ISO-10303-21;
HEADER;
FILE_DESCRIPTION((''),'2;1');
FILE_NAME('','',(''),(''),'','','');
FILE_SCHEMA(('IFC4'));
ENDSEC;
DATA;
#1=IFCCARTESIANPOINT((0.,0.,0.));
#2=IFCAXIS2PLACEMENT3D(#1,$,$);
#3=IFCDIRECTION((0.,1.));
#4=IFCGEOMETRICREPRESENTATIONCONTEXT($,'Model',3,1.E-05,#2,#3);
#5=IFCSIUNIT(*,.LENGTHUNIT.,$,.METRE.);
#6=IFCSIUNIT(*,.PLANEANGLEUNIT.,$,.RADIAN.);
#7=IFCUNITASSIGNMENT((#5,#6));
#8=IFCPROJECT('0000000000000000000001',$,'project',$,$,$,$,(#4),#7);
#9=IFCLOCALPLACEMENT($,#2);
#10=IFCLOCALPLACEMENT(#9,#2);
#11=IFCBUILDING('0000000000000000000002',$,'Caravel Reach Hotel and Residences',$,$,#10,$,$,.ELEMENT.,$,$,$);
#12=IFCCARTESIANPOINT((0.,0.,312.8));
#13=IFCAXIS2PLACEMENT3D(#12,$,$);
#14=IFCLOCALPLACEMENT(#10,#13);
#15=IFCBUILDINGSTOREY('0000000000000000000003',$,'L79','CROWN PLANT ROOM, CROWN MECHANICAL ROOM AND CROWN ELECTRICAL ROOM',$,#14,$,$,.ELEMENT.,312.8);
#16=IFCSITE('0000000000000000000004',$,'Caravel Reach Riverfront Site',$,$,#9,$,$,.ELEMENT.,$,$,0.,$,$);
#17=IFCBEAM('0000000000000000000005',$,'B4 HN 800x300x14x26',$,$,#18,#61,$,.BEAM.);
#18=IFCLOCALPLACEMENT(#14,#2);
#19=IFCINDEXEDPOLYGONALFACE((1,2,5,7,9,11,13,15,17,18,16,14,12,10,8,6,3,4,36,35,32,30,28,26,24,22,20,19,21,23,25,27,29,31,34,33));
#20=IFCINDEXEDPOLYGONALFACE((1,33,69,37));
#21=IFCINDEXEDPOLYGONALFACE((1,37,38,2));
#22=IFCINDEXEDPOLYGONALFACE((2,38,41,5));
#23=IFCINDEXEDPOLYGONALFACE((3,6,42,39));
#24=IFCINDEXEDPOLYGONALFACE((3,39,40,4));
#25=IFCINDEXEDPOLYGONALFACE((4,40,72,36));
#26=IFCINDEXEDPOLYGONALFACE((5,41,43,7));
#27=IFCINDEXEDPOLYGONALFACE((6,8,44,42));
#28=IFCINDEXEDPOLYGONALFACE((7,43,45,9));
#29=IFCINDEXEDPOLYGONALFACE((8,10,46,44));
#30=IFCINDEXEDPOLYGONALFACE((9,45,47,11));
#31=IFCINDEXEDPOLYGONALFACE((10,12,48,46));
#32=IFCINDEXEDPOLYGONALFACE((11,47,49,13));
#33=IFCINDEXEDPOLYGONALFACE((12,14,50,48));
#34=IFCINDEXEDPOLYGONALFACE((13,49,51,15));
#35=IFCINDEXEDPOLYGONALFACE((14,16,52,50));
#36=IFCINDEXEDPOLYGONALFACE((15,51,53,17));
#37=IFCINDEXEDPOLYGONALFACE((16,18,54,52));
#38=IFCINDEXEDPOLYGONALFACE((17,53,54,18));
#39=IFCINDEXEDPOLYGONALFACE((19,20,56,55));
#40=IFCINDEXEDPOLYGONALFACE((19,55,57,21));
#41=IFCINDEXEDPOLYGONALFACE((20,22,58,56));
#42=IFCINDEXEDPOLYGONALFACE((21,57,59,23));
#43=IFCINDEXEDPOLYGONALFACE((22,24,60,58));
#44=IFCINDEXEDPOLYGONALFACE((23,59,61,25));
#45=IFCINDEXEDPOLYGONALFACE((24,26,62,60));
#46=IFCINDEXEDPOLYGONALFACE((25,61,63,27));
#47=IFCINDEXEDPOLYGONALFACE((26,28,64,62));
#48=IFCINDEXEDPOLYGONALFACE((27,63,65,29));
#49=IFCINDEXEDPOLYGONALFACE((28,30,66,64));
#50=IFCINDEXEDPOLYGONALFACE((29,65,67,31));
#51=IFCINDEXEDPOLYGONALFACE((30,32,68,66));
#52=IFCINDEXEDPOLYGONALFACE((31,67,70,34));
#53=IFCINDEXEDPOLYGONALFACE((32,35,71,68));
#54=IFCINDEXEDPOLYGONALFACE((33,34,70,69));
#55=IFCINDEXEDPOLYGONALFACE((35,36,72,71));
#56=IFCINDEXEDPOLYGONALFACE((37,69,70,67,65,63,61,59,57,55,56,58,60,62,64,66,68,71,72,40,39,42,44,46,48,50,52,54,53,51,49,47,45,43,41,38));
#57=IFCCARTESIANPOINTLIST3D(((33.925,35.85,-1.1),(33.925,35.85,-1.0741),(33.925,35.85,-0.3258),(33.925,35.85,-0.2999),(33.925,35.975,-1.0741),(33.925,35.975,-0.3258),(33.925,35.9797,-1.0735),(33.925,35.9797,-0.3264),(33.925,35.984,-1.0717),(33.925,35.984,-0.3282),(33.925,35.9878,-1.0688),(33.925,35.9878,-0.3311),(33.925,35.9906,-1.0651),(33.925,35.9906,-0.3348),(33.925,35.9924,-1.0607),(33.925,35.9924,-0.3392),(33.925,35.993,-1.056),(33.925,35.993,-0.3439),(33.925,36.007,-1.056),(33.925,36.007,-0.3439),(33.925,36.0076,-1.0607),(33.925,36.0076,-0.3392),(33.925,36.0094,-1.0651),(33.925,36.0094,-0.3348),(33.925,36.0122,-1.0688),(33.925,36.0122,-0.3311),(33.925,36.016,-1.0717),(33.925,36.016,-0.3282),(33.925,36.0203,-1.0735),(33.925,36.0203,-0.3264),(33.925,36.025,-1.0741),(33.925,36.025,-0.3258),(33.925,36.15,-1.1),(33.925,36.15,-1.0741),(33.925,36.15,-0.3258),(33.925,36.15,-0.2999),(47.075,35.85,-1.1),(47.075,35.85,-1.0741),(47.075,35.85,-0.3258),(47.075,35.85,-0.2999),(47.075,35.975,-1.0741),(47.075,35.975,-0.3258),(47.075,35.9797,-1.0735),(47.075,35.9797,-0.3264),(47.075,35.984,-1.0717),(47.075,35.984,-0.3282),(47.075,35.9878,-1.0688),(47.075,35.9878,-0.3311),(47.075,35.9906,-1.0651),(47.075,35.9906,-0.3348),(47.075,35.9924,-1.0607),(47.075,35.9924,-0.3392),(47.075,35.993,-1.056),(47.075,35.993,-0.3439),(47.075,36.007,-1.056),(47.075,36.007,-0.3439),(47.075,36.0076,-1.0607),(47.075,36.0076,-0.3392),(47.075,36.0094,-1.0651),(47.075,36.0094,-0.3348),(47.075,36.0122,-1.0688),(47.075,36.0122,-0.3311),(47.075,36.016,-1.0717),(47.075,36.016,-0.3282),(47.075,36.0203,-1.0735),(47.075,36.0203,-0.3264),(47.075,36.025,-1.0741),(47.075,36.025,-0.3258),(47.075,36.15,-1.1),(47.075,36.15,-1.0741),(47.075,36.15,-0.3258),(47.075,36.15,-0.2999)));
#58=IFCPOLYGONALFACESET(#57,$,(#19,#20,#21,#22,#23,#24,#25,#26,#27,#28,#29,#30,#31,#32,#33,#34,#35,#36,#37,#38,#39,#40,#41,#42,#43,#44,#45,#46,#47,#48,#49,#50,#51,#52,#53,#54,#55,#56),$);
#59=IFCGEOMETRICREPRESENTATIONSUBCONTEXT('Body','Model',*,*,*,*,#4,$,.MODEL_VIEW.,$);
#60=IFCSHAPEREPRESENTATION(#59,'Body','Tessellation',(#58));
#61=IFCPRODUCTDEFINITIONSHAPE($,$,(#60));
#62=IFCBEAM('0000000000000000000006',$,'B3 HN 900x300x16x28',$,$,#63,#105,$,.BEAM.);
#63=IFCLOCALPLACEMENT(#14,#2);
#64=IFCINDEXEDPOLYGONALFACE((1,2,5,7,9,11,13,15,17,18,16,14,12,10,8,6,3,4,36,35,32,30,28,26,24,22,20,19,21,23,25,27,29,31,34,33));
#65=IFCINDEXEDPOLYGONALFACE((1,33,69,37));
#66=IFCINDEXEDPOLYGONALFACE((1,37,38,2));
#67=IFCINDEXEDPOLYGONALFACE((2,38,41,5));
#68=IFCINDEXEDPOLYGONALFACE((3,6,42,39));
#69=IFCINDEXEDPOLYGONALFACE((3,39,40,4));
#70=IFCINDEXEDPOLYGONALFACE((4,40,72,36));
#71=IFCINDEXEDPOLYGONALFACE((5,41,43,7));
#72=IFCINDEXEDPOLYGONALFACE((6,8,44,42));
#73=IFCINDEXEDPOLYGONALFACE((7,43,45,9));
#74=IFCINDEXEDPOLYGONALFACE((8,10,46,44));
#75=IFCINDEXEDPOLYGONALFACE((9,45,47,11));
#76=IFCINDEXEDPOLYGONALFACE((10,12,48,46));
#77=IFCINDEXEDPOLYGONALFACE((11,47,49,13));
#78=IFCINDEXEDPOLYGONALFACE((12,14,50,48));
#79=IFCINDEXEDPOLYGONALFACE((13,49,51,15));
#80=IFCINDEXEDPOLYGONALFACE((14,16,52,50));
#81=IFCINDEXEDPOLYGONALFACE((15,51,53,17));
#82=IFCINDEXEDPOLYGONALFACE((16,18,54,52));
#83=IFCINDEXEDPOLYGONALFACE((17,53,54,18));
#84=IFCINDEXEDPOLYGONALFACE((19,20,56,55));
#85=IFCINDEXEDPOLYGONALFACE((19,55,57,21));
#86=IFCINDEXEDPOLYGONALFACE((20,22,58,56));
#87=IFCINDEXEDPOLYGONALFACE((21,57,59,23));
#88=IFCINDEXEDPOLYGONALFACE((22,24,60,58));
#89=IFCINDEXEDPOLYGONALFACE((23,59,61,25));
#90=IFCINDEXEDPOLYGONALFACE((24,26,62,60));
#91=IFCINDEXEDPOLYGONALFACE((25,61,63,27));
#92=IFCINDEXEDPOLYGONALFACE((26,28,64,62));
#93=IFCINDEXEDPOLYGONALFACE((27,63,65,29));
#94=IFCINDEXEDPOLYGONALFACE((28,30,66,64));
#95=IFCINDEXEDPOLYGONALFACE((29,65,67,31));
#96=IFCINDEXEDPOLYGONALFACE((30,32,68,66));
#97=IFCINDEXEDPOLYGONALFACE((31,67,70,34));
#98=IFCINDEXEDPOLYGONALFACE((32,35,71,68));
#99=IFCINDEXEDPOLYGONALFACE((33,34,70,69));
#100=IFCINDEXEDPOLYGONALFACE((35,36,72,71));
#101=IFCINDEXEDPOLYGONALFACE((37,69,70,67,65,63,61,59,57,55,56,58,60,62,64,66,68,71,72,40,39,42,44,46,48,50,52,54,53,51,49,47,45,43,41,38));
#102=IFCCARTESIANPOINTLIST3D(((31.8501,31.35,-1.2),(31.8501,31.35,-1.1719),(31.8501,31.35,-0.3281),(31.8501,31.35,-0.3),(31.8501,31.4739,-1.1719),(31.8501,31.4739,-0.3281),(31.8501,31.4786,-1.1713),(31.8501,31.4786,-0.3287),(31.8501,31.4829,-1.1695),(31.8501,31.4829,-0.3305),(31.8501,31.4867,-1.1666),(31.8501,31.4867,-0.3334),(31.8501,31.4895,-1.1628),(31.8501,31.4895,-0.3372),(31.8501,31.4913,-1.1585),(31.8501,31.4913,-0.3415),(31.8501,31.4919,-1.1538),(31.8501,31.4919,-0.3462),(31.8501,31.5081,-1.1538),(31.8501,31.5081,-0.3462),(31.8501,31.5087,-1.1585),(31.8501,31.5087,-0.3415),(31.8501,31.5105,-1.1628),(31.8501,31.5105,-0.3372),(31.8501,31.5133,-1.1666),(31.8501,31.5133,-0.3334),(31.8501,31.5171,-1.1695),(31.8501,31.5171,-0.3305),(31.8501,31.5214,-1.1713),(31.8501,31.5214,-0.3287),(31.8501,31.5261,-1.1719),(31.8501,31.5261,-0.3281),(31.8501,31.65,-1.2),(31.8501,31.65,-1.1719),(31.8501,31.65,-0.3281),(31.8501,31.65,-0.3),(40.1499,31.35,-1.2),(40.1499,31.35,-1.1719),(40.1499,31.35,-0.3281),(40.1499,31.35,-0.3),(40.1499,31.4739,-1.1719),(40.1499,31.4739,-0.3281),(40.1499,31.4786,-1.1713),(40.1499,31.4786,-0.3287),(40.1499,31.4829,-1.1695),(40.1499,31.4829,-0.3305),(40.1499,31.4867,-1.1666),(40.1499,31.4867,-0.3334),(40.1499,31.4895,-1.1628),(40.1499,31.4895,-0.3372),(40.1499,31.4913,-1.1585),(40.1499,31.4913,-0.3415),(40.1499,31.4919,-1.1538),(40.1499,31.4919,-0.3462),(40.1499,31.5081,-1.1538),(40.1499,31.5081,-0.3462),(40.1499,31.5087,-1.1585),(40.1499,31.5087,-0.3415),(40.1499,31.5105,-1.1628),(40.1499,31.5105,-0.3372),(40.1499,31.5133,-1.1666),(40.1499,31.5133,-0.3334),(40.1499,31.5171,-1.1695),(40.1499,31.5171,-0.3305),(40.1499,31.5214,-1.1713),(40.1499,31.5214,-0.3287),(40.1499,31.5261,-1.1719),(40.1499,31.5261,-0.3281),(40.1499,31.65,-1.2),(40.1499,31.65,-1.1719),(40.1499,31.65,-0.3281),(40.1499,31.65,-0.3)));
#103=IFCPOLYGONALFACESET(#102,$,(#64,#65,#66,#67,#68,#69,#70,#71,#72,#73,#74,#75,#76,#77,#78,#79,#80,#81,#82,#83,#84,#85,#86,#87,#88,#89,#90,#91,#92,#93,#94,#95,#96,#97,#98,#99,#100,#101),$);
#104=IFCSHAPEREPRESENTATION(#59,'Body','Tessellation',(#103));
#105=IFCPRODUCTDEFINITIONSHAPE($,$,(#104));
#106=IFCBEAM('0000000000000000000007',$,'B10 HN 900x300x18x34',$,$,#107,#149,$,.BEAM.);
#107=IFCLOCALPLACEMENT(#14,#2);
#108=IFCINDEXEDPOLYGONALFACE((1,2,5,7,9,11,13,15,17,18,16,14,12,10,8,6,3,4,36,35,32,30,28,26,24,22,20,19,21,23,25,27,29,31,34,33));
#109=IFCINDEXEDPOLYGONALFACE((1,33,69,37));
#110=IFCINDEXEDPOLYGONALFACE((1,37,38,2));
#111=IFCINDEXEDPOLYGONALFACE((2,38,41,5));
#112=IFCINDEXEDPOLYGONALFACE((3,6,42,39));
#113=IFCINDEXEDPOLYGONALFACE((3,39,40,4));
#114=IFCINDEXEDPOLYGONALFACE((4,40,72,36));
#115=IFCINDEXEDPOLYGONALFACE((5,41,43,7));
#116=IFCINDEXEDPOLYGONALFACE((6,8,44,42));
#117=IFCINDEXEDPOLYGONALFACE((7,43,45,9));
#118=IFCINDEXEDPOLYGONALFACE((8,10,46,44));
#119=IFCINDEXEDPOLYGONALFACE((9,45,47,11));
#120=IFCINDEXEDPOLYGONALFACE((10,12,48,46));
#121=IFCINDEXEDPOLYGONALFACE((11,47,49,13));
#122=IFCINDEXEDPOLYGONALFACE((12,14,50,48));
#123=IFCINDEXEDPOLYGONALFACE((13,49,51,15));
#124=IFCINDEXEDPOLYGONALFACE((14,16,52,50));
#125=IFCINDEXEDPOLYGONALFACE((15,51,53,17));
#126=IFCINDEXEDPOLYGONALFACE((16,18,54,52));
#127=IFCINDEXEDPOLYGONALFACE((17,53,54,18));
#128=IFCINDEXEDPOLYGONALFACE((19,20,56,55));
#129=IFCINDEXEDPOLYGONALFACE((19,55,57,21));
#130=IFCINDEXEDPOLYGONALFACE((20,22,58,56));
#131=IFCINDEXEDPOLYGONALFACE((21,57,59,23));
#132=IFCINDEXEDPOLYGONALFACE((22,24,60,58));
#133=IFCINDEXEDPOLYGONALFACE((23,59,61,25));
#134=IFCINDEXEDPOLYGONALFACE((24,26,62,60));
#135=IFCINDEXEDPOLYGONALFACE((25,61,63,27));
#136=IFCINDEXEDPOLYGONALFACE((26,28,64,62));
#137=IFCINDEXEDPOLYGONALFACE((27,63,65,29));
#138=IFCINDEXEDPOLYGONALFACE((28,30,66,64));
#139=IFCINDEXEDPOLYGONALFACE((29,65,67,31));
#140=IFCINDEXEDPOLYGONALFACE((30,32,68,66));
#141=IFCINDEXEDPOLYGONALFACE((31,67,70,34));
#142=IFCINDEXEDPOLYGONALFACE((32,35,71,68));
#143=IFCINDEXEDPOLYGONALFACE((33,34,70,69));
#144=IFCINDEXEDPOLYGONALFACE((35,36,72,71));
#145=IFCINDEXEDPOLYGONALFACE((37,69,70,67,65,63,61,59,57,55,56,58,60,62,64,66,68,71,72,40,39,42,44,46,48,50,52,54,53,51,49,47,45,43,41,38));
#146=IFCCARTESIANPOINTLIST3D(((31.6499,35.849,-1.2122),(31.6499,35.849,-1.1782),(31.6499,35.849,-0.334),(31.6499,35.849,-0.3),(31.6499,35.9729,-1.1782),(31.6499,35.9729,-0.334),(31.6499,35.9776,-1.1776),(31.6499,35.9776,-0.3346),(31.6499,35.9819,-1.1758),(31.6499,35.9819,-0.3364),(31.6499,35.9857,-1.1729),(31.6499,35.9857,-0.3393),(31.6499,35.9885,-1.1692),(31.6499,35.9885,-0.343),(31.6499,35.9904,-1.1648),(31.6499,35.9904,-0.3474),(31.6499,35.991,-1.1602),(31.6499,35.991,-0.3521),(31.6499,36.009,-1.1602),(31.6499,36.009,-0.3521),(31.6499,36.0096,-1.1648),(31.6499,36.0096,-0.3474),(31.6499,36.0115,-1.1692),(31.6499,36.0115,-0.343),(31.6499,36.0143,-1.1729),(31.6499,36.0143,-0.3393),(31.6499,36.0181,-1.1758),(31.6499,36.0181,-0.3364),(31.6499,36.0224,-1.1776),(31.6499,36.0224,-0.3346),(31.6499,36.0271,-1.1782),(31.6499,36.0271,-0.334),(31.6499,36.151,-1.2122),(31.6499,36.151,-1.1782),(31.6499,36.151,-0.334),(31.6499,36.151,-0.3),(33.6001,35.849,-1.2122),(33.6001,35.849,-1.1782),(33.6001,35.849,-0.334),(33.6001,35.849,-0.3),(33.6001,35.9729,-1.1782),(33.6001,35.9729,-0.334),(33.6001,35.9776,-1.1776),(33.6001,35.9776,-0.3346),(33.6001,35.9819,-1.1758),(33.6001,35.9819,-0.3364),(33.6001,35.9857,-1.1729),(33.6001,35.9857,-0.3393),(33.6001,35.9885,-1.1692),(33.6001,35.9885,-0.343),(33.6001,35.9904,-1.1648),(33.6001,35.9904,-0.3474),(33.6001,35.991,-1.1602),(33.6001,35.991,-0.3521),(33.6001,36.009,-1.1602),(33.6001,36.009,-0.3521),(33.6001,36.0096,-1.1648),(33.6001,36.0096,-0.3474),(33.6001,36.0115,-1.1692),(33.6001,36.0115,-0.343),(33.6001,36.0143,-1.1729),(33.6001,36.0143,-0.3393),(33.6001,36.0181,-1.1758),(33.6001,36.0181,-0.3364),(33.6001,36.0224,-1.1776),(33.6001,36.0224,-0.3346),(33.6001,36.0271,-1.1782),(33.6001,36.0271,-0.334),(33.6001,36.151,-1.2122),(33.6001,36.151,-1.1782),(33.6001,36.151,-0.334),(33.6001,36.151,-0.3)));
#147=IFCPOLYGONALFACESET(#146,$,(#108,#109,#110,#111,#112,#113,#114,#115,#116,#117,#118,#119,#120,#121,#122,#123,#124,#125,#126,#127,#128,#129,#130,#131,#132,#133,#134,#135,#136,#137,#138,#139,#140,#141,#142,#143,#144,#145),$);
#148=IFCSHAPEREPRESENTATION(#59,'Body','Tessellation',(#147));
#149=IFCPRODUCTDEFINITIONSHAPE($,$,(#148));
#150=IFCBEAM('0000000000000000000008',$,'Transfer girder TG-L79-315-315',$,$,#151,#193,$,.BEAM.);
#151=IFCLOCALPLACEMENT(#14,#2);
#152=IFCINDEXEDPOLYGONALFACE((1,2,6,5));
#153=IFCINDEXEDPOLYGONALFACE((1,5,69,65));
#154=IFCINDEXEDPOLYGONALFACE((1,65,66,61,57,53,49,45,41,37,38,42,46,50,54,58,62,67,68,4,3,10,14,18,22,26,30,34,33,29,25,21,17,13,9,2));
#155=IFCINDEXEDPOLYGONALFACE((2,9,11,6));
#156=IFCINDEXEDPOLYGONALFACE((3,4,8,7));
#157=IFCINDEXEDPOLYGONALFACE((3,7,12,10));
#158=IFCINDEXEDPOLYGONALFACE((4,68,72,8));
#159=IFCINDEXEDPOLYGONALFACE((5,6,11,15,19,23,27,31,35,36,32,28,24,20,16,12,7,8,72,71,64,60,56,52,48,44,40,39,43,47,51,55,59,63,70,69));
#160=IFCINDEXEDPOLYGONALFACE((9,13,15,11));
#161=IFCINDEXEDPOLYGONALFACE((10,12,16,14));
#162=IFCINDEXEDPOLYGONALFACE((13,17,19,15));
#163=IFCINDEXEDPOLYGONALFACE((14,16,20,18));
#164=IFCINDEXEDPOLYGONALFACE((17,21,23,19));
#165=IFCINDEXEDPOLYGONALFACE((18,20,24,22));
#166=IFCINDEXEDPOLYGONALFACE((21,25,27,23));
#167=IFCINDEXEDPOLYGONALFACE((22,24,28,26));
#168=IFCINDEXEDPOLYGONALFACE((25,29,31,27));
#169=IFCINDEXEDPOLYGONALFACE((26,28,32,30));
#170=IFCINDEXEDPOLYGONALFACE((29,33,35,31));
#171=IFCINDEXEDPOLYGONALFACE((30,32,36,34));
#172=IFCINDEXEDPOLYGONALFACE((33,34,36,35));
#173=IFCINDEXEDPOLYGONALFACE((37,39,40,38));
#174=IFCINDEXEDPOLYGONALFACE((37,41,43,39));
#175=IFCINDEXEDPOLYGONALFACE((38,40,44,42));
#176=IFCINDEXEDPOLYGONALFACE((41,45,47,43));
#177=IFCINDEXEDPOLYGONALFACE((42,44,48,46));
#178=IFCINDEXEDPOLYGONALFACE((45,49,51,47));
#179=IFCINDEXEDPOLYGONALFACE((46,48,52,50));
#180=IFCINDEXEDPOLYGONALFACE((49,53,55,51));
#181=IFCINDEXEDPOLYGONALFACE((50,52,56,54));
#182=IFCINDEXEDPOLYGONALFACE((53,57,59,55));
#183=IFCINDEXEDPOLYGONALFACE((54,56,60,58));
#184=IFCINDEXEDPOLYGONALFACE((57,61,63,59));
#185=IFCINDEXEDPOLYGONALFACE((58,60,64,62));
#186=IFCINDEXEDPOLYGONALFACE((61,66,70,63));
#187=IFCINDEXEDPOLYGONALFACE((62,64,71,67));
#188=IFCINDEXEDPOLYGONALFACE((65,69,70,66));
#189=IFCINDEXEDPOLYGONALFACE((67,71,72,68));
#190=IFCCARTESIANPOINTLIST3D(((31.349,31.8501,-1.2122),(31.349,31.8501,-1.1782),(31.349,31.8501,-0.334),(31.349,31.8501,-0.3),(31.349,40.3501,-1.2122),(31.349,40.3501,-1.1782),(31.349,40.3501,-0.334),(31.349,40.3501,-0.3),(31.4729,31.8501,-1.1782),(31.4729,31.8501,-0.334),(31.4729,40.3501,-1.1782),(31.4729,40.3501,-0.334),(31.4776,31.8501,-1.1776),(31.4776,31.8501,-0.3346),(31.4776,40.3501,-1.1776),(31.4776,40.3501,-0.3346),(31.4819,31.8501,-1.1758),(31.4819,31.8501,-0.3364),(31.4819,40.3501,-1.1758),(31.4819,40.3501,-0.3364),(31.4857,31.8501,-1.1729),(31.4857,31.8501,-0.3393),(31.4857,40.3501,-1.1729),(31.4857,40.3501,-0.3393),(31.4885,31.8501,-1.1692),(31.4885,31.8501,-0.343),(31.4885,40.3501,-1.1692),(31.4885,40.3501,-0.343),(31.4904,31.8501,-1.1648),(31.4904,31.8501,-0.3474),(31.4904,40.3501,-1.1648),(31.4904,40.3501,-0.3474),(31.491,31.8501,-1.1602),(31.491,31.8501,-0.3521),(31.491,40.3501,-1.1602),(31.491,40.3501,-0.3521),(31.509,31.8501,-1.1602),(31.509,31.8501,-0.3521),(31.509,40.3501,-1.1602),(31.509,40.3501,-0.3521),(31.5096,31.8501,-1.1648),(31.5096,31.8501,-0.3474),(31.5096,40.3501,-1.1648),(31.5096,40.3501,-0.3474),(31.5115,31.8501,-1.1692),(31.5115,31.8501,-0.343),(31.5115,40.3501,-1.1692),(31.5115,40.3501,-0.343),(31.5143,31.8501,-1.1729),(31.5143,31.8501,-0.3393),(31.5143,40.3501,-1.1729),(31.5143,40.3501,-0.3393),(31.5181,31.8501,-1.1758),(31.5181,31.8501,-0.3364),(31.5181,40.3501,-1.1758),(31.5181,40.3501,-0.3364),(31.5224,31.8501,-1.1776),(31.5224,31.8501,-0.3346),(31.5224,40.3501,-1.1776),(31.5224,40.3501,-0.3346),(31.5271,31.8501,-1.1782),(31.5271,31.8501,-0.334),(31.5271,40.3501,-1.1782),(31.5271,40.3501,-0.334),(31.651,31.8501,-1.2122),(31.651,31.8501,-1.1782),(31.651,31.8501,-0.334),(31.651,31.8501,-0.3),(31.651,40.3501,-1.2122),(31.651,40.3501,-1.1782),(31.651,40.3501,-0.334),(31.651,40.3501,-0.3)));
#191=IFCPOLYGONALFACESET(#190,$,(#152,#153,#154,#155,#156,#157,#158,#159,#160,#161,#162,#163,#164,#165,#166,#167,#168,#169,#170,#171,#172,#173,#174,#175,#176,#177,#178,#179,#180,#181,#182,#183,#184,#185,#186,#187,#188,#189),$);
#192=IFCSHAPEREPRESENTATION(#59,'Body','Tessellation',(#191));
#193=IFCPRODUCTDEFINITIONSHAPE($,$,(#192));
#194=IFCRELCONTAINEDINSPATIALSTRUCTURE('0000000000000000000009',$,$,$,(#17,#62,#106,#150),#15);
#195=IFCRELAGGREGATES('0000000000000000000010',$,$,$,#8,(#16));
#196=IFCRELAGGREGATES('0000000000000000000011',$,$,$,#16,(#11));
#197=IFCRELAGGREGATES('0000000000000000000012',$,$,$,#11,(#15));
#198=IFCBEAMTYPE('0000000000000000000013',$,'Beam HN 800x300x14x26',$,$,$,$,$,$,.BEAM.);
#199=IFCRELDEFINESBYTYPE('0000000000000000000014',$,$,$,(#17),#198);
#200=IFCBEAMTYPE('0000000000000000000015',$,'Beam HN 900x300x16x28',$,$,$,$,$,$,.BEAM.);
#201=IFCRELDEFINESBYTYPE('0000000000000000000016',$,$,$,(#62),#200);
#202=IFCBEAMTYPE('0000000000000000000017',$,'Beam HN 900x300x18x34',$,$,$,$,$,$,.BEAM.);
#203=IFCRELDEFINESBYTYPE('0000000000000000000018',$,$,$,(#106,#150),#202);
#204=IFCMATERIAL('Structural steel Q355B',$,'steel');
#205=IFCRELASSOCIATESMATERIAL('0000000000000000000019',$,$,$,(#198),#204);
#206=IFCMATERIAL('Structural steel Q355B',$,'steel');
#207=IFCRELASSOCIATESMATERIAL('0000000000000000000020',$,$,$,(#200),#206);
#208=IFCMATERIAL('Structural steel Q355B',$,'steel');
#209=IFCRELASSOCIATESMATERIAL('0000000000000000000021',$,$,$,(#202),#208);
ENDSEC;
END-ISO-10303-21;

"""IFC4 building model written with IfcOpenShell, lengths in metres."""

from ifc_helpers import new_model, si_unit, direction, frame, origin, origin_2d, place, context, subcontext, project, spatial, i_section, extrude, material, material_profile, profile_set, type_object, element, save


model = new_model("IFC4")

# Units and contexts
model_context = context("Model", 3, precision=1e-05, world=origin(), true_north=direction((0.0, 1.0)))
body_context = subcontext(model_context, "Body", "Model", "MODEL_VIEW")
ifc_project = project(units=[si_unit("LENGTHUNIT", "METRE"), si_unit("PLANEANGLEUNIT", "RADIAN")], contexts=[model_context])

# Site, building, storey
site_placement = place(None, origin())
site = spatial("IfcSite", under=ifc_project, at=site_placement, Name="Caravel Reach Riverfront Site", CompositionType="ELEMENT", RefElevation=0.0)
building_placement = place(site_placement, origin())
building = spatial("IfcBuilding", under=site, at=building_placement, Name="Caravel Reach Hotel and Residences", CompositionType="ELEMENT")
storey_placement = place(building_placement, frame((0.0, 0.0, 312.8)))
storey = spatial("IfcBuildingStorey", under=building, at=storey_placement, Name="L79", Description="CROWN PLANT ROOM, CROWN MECHANICAL ROOM AND CROWN ELECTRICAL ROOM", CompositionType="ELEMENT", Elevation=312.8)

# Beams
ifc_material_1 = material(Name="Structural steel Q355B", Category="steel")
ifc_material_profile_1 = material_profile(ifc_material_1, i_section(OverallWidth=0.3, OverallDepth=0.8, WebThickness=0.0139, FlangeThickness=0.0259, FilletRadius=0.0181, at=origin_2d()), Name="HN 800x300x14x26")
ifc_profile_set_1 = profile_set([ifc_material_profile_1], Name="Structural steel Q355B")
beam_type_1 = type_object("IfcBeamType", Name="Beam HN 800x300x14x26", PredefinedType="BEAM", material=ifc_profile_set_1)
beam_1_placement = place(storey_placement, frame((33.925, 36.0, -0.7), z_axis=(1.0, 0.0, 0.0), x_axis=(0.0, 1.0, 0.0)))
element("IfcBeam", 1, at=beam_1_placement, inside=storey, type_object=beam_type_1, Name="B4 HN 800x300x14x26", PredefinedType="BEAM", context=body_context, shape_type="SweptSolid", body=[
    extrude(i_section(OverallWidth=0.3, OverallDepth=0.8, WebThickness=0.0139, FlangeThickness=0.0259, FilletRadius=0.0181, at=origin_2d()), origin(), (0.0, 0.0, 1.0), 13.1499),
])
ifc_material_2 = material(Name="Structural steel Q355B", Category="steel")
ifc_material_profile_2 = material_profile(ifc_material_2, i_section(OverallWidth=0.3, OverallDepth=0.8999, WebThickness=0.0161, FlangeThickness=0.0281, FilletRadius=0.0181, at=origin_2d()), Name="HN 900x300x16x28")
ifc_profile_set_2 = profile_set([ifc_material_profile_2], Name="Structural steel Q355B")
beam_type_2 = type_object("IfcBeamType", Name="Beam HN 900x300x16x28", PredefinedType="BEAM", material=ifc_profile_set_2)
beam_2_placement = place(storey_placement, frame((31.8501, 31.5, -0.75), z_axis=(1.0, 0.0, 0.0), x_axis=(0.0, 1.0, 0.0)))
element("IfcBeam", 2, at=beam_2_placement, inside=storey, type_object=beam_type_2, Name="B3 HN 900x300x16x28", PredefinedType="BEAM", context=body_context, shape_type="SweptSolid", body=[
    extrude(i_section(OverallWidth=0.3, OverallDepth=0.8999, WebThickness=0.0161, FlangeThickness=0.0281, FilletRadius=0.0181, at=origin_2d()), origin(), (0.0, 0.0, 1.0), 8.2998),
])
ifc_material_3 = material(Name="Structural steel Q355B", Category="steel")
ifc_material_profile_3 = material_profile(ifc_material_3, i_section(OverallWidth=0.302, OverallDepth=0.9121, WebThickness=0.0181, FlangeThickness=0.0339, FilletRadius=0.0181, at=origin_2d()), Name="HN 900x300x18x34")
ifc_profile_set_3 = profile_set([ifc_material_profile_3], Name="Structural steel Q355B")
beam_type_3 = type_object("IfcBeamType", Name="Beam HN 900x300x18x34", PredefinedType="BEAM", material=ifc_profile_set_3)
beam_3_placement = place(storey_placement, frame((33.6001, 36.0, -0.7561), z_axis=(-1.0, 0.0, 0.0), x_axis=(0.0, -1.0, 0.0)))
element("IfcBeam", 3, at=beam_3_placement, inside=storey, type_object=beam_type_3, Name="B10 HN 900x300x18x34", PredefinedType="BEAM", context=body_context, shape_type="SweptSolid", body=[
    extrude(i_section(OverallWidth=0.302, OverallDepth=0.9121, WebThickness=0.0181, FlangeThickness=0.0339, FilletRadius=0.0181, at=origin_2d()), origin(), (0.0, 0.0, 1.0), 1.9502),
])
beam_4_placement = place(storey_placement, frame((31.5, 31.8501, -0.7561), z_axis=(0.0, 1.0, 0.0), x_axis=(-1.0, 0.0, 0.0)))
element("IfcBeam", 4, at=beam_4_placement, inside=storey, type_object=beam_type_3, Name="Transfer girder TG-L79-315-315", PredefinedType="BEAM", context=body_context, shape_type="SweptSolid", body=[
    extrude(i_section(OverallWidth=0.302, OverallDepth=0.9121, WebThickness=0.0181, FlangeThickness=0.0339, FilletRadius=0.0181, at=origin_2d()), origin(), (0.0, 0.0, 1.0), 8.5),
])

save(model, "model.ifc")
